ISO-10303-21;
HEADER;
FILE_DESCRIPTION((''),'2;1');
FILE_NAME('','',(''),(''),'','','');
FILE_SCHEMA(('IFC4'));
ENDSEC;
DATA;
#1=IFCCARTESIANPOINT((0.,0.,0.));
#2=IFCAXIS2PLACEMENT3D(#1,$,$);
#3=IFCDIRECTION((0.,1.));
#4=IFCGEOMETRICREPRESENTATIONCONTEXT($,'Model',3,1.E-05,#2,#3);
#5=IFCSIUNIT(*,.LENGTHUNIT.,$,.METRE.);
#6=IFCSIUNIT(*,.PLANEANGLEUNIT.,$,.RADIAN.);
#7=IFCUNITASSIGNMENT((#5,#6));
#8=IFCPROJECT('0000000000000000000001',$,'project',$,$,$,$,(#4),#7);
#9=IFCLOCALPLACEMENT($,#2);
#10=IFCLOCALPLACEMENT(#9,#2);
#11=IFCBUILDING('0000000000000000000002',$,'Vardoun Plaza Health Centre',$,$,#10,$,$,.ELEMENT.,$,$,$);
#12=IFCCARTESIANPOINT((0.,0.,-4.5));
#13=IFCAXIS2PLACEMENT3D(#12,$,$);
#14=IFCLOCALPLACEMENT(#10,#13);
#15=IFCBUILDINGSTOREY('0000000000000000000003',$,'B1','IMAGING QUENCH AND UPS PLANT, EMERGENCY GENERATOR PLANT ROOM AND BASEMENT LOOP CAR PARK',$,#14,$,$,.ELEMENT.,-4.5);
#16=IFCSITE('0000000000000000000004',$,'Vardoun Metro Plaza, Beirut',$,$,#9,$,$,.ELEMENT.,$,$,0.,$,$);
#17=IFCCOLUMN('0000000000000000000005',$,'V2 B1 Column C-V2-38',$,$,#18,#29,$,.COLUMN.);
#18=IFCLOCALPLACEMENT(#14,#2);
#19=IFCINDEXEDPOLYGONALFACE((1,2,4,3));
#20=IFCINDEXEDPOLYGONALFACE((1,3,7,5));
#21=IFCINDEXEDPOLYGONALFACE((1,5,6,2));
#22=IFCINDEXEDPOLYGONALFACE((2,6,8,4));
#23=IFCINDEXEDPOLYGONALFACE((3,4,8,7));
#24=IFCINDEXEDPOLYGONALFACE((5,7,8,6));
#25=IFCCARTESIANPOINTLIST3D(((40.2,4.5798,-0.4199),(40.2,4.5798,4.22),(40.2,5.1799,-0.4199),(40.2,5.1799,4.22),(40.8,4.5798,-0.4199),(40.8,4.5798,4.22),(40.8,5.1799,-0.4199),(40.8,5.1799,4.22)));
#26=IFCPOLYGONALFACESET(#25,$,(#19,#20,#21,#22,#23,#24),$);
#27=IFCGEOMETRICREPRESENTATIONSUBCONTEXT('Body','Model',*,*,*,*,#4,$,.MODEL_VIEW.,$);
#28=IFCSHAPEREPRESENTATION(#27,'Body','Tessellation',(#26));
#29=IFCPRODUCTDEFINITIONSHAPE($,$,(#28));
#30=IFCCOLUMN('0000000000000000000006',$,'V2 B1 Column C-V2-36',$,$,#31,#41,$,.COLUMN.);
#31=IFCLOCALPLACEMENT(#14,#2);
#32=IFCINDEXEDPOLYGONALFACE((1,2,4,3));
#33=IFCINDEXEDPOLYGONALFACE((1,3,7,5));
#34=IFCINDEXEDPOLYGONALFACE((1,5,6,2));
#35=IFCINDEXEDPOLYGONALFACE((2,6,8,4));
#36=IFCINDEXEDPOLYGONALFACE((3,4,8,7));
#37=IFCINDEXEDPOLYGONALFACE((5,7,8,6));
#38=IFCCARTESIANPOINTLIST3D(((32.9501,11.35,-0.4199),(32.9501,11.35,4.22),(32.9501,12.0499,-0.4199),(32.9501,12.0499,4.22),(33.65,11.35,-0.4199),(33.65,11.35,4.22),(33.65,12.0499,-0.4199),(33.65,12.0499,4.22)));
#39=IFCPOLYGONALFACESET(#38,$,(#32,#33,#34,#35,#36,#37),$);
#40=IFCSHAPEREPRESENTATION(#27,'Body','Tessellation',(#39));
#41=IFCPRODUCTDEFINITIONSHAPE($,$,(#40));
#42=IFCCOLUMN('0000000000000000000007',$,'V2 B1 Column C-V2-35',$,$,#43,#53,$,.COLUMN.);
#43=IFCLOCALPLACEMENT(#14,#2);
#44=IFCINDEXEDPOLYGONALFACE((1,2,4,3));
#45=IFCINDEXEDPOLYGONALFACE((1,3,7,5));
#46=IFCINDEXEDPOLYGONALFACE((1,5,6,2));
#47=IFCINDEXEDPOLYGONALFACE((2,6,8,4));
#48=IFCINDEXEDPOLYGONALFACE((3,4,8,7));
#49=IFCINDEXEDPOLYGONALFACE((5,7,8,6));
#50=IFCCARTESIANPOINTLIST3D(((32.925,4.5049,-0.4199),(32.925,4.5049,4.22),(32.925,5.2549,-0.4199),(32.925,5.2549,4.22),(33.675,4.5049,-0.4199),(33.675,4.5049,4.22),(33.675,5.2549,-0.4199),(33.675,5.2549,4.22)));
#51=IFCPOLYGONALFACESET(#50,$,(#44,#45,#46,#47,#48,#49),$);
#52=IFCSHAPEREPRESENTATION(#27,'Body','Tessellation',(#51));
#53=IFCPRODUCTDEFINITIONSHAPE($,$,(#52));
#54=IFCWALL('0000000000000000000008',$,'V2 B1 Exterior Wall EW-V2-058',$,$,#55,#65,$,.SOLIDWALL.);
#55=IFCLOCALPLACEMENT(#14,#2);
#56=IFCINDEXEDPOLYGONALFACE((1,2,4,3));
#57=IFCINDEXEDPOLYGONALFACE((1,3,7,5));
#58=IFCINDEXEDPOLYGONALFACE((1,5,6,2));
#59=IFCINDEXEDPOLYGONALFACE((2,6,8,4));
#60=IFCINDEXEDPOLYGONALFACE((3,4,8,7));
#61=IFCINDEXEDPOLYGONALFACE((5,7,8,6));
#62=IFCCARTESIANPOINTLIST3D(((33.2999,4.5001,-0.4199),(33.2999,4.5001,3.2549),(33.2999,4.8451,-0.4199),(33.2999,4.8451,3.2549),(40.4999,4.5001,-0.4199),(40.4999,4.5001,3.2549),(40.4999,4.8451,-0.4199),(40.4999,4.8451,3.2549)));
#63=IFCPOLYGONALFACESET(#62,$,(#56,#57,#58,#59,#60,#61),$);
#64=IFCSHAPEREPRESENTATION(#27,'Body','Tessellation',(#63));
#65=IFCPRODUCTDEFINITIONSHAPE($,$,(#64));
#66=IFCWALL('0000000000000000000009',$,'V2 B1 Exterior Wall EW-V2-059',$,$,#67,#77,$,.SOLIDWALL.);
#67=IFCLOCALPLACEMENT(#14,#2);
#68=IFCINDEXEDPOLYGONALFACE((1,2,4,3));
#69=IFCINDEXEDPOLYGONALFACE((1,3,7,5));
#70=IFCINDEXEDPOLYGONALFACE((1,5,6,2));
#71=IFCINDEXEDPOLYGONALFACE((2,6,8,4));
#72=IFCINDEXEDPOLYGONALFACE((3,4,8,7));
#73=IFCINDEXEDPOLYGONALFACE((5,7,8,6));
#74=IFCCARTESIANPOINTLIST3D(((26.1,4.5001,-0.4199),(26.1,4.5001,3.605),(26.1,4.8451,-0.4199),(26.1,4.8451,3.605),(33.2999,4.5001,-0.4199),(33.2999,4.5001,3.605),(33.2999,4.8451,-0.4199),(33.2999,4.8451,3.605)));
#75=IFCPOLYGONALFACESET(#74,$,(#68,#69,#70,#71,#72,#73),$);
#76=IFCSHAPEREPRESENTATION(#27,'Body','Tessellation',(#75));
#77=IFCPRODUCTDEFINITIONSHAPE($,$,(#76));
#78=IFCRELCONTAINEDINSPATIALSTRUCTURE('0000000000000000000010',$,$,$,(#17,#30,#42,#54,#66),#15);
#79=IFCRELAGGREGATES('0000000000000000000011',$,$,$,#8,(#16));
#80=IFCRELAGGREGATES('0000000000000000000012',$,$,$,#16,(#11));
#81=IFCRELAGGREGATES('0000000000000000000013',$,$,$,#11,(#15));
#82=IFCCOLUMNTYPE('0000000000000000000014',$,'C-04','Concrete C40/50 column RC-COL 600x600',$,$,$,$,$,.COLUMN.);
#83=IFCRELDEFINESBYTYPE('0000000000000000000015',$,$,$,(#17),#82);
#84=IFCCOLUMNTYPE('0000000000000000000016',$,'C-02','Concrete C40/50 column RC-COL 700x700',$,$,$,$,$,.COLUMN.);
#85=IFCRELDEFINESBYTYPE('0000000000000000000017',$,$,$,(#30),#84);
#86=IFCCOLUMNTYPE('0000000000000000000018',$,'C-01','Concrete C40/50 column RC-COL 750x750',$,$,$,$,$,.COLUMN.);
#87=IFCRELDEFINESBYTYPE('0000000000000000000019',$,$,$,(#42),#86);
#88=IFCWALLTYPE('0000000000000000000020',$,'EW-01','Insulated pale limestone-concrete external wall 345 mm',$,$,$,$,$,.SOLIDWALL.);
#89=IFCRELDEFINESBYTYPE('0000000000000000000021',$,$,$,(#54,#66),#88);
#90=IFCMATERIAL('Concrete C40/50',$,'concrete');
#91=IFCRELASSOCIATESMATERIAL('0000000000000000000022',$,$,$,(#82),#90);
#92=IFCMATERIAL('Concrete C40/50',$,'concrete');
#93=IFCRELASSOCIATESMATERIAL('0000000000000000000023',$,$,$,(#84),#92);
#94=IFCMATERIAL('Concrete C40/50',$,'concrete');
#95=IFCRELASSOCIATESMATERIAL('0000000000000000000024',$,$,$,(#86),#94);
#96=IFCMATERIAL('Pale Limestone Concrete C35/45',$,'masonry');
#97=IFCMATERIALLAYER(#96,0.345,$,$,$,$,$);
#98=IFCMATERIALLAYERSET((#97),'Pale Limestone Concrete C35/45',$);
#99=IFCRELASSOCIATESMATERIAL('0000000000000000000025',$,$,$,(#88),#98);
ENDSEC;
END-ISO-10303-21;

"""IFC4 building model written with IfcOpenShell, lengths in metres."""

from ifc_helpers import new_model, si_unit, direction, frame, frame_2d, origin, origin_2d, place, context, subcontext, project, spatial, rectangle, extrude, material, layer, layer_set, material_profile, profile_set, type_object, element, save


model = new_model("IFC4")

# Units and contexts
model_context = context("Model", 3, precision=1e-05, world=origin(), true_north=direction((0.0, 1.0)))
body_context = subcontext(model_context, "Body", "Model", "MODEL_VIEW")
ifc_project = project(units=[si_unit("LENGTHUNIT", "METRE"), si_unit("PLANEANGLEUNIT", "RADIAN")], contexts=[model_context])

# Site, building, storey
site_placement = place(None, origin())
site = spatial("IfcSite", under=ifc_project, at=site_placement, Name="Vardoun Metro Plaza, Beirut", CompositionType="ELEMENT", RefElevation=0.0)
building_placement = place(site_placement, origin())
building = spatial("IfcBuilding", under=site, at=building_placement, Name="Vardoun Plaza Health Centre", CompositionType="ELEMENT")
storey_placement = place(building_placement, frame((0.0, 0.0, -4.5)))
storey = spatial("IfcBuildingStorey", under=building, at=storey_placement, Name="B1", Description="IMAGING QUENCH AND UPS PLANT, EMERGENCY GENERATOR PLANT ROOM AND BASEMENT LOOP CAR PARK", CompositionType="ELEMENT", Elevation=-4.5)

# Columns
ifc_material_1 = material(Name="Concrete C40/50", Category="concrete")
ifc_material_profile_1 = material_profile(ifc_material_1, rectangle(XDim=0.6001, YDim=0.6001, at=origin_2d()), Name="RC-COL 600x600")
ifc_profile_set_1 = profile_set([ifc_material_profile_1], Name="Concrete C40/50")
column_type_1 = type_object("IfcColumnType", Name="C-04", Description="Concrete C40/50 column RC-COL 600x600", PredefinedType="COLUMN", material=ifc_profile_set_1)
column_1_placement = place(storey_placement, frame((40.5, 4.8799, -0.4199), z_axis=(0.0, 0.0, 1.0), x_axis=(1.0, 0.0, 0.0)))
element("IfcColumn", 1, at=column_1_placement, inside=storey, type_object=column_type_1, Name="V2 B1 Column C-V2-38", PredefinedType="COLUMN", context=body_context, shape_type="SweptSolid", body=[
    extrude(rectangle(XDim=0.6001, YDim=0.6001, at=origin_2d()), origin(), (0.0, 0.0, 1.0), 4.6399),
])
ifc_material_2 = material(Name="Concrete C40/50", Category="concrete")
ifc_material_profile_2 = material_profile(ifc_material_2, rectangle(XDim=0.7, YDim=0.7, at=origin_2d()), Name="RC-COL 700x700")
ifc_profile_set_2 = profile_set([ifc_material_profile_2], Name="Concrete C40/50")
column_type_2 = type_object("IfcColumnType", Name="C-02", Description="Concrete C40/50 column RC-COL 700x700", PredefinedType="COLUMN", material=ifc_profile_set_2)
column_2_placement = place(storey_placement, frame((33.3, 11.7, -0.4199), z_axis=(0.0, 0.0, 1.0), x_axis=(1.0, 0.0, 0.0)))
element("IfcColumn", 2, at=column_2_placement, inside=storey, type_object=column_type_2, Name="V2 B1 Column C-V2-36", PredefinedType="COLUMN", context=body_context, shape_type="SweptSolid", body=[
    extrude(rectangle(XDim=0.7, YDim=0.7, at=origin_2d()), origin(), (0.0, 0.0, 1.0), 4.6399),
])
ifc_material_3 = material(Name="Concrete C40/50", Category="concrete")
ifc_material_profile_3 = material_profile(ifc_material_3, rectangle(XDim=0.75, YDim=0.75, at=origin_2d()), Name="RC-COL 750x750")
ifc_profile_set_3 = profile_set([ifc_material_profile_3], Name="Concrete C40/50")
column_type_3 = type_object("IfcColumnType", Name="C-01", Description="Concrete C40/50 column RC-COL 750x750", PredefinedType="COLUMN", material=ifc_profile_set_3)
column_3_placement = place(storey_placement, frame((33.3, 4.8799, -0.4199), z_axis=(0.0, 0.0, 1.0), x_axis=(1.0, 0.0, 0.0)))
element("IfcColumn", 3, at=column_3_placement, inside=storey, type_object=column_type_3, Name="V2 B1 Column C-V2-35", PredefinedType="COLUMN", context=body_context, shape_type="SweptSolid", body=[
    extrude(rectangle(XDim=0.75, YDim=0.75, at=origin_2d()), origin(), (0.0, 0.0, 1.0), 4.6399),
])

# Walls
ifc_material_4 = material(Name="Pale Limestone Concrete C35/45", Category="masonry")
ifc_layer = layer(ifc_material_4, 0.345)
ifc_layer_set = layer_set([ifc_layer], Name="Pale Limestone Concrete C35/45")
wall_type = type_object("IfcWallType", Name="EW-01", Description="Insulated pale limestone-concrete external wall 345 mm", PredefinedType="SOLIDWALL", material=ifc_layer_set)
wall_1_placement = place(storey_placement, frame((40.5, 4.6726, -0.4199), z_axis=(0.0, 0.0, 1.0), x_axis=(-1.0, 0.0, 0.0)))
element("IfcWall", 4, at=wall_1_placement, inside=storey, type_object=wall_type, Name="V2 B1 Exterior Wall EW-V2-058", PredefinedType="SOLIDWALL", context=body_context, shape_type="SweptSolid", body=[
    extrude(rectangle(XDim=7.2, YDim=0.345, at=frame_2d((3.6001, 0.0))), origin(), (0.0, 0.0, 1.0), 3.6748),
])
wall_2_placement = place(storey_placement, frame((33.3, 4.6726, -0.4199), z_axis=(0.0, 0.0, 1.0), x_axis=(-1.0, 0.0, 0.0)))
element("IfcWall", 5, at=wall_2_placement, inside=storey, type_object=wall_type, Name="V2 B1 Exterior Wall EW-V2-059", PredefinedType="SOLIDWALL", context=body_context, shape_type="SweptSolid", body=[
    extrude(rectangle(XDim=7.2, YDim=0.345, at=frame_2d((3.6001, 0.0))), origin(), (0.0, 0.0, 1.0), 4.0249),
])

save(model, "model.ifc")
